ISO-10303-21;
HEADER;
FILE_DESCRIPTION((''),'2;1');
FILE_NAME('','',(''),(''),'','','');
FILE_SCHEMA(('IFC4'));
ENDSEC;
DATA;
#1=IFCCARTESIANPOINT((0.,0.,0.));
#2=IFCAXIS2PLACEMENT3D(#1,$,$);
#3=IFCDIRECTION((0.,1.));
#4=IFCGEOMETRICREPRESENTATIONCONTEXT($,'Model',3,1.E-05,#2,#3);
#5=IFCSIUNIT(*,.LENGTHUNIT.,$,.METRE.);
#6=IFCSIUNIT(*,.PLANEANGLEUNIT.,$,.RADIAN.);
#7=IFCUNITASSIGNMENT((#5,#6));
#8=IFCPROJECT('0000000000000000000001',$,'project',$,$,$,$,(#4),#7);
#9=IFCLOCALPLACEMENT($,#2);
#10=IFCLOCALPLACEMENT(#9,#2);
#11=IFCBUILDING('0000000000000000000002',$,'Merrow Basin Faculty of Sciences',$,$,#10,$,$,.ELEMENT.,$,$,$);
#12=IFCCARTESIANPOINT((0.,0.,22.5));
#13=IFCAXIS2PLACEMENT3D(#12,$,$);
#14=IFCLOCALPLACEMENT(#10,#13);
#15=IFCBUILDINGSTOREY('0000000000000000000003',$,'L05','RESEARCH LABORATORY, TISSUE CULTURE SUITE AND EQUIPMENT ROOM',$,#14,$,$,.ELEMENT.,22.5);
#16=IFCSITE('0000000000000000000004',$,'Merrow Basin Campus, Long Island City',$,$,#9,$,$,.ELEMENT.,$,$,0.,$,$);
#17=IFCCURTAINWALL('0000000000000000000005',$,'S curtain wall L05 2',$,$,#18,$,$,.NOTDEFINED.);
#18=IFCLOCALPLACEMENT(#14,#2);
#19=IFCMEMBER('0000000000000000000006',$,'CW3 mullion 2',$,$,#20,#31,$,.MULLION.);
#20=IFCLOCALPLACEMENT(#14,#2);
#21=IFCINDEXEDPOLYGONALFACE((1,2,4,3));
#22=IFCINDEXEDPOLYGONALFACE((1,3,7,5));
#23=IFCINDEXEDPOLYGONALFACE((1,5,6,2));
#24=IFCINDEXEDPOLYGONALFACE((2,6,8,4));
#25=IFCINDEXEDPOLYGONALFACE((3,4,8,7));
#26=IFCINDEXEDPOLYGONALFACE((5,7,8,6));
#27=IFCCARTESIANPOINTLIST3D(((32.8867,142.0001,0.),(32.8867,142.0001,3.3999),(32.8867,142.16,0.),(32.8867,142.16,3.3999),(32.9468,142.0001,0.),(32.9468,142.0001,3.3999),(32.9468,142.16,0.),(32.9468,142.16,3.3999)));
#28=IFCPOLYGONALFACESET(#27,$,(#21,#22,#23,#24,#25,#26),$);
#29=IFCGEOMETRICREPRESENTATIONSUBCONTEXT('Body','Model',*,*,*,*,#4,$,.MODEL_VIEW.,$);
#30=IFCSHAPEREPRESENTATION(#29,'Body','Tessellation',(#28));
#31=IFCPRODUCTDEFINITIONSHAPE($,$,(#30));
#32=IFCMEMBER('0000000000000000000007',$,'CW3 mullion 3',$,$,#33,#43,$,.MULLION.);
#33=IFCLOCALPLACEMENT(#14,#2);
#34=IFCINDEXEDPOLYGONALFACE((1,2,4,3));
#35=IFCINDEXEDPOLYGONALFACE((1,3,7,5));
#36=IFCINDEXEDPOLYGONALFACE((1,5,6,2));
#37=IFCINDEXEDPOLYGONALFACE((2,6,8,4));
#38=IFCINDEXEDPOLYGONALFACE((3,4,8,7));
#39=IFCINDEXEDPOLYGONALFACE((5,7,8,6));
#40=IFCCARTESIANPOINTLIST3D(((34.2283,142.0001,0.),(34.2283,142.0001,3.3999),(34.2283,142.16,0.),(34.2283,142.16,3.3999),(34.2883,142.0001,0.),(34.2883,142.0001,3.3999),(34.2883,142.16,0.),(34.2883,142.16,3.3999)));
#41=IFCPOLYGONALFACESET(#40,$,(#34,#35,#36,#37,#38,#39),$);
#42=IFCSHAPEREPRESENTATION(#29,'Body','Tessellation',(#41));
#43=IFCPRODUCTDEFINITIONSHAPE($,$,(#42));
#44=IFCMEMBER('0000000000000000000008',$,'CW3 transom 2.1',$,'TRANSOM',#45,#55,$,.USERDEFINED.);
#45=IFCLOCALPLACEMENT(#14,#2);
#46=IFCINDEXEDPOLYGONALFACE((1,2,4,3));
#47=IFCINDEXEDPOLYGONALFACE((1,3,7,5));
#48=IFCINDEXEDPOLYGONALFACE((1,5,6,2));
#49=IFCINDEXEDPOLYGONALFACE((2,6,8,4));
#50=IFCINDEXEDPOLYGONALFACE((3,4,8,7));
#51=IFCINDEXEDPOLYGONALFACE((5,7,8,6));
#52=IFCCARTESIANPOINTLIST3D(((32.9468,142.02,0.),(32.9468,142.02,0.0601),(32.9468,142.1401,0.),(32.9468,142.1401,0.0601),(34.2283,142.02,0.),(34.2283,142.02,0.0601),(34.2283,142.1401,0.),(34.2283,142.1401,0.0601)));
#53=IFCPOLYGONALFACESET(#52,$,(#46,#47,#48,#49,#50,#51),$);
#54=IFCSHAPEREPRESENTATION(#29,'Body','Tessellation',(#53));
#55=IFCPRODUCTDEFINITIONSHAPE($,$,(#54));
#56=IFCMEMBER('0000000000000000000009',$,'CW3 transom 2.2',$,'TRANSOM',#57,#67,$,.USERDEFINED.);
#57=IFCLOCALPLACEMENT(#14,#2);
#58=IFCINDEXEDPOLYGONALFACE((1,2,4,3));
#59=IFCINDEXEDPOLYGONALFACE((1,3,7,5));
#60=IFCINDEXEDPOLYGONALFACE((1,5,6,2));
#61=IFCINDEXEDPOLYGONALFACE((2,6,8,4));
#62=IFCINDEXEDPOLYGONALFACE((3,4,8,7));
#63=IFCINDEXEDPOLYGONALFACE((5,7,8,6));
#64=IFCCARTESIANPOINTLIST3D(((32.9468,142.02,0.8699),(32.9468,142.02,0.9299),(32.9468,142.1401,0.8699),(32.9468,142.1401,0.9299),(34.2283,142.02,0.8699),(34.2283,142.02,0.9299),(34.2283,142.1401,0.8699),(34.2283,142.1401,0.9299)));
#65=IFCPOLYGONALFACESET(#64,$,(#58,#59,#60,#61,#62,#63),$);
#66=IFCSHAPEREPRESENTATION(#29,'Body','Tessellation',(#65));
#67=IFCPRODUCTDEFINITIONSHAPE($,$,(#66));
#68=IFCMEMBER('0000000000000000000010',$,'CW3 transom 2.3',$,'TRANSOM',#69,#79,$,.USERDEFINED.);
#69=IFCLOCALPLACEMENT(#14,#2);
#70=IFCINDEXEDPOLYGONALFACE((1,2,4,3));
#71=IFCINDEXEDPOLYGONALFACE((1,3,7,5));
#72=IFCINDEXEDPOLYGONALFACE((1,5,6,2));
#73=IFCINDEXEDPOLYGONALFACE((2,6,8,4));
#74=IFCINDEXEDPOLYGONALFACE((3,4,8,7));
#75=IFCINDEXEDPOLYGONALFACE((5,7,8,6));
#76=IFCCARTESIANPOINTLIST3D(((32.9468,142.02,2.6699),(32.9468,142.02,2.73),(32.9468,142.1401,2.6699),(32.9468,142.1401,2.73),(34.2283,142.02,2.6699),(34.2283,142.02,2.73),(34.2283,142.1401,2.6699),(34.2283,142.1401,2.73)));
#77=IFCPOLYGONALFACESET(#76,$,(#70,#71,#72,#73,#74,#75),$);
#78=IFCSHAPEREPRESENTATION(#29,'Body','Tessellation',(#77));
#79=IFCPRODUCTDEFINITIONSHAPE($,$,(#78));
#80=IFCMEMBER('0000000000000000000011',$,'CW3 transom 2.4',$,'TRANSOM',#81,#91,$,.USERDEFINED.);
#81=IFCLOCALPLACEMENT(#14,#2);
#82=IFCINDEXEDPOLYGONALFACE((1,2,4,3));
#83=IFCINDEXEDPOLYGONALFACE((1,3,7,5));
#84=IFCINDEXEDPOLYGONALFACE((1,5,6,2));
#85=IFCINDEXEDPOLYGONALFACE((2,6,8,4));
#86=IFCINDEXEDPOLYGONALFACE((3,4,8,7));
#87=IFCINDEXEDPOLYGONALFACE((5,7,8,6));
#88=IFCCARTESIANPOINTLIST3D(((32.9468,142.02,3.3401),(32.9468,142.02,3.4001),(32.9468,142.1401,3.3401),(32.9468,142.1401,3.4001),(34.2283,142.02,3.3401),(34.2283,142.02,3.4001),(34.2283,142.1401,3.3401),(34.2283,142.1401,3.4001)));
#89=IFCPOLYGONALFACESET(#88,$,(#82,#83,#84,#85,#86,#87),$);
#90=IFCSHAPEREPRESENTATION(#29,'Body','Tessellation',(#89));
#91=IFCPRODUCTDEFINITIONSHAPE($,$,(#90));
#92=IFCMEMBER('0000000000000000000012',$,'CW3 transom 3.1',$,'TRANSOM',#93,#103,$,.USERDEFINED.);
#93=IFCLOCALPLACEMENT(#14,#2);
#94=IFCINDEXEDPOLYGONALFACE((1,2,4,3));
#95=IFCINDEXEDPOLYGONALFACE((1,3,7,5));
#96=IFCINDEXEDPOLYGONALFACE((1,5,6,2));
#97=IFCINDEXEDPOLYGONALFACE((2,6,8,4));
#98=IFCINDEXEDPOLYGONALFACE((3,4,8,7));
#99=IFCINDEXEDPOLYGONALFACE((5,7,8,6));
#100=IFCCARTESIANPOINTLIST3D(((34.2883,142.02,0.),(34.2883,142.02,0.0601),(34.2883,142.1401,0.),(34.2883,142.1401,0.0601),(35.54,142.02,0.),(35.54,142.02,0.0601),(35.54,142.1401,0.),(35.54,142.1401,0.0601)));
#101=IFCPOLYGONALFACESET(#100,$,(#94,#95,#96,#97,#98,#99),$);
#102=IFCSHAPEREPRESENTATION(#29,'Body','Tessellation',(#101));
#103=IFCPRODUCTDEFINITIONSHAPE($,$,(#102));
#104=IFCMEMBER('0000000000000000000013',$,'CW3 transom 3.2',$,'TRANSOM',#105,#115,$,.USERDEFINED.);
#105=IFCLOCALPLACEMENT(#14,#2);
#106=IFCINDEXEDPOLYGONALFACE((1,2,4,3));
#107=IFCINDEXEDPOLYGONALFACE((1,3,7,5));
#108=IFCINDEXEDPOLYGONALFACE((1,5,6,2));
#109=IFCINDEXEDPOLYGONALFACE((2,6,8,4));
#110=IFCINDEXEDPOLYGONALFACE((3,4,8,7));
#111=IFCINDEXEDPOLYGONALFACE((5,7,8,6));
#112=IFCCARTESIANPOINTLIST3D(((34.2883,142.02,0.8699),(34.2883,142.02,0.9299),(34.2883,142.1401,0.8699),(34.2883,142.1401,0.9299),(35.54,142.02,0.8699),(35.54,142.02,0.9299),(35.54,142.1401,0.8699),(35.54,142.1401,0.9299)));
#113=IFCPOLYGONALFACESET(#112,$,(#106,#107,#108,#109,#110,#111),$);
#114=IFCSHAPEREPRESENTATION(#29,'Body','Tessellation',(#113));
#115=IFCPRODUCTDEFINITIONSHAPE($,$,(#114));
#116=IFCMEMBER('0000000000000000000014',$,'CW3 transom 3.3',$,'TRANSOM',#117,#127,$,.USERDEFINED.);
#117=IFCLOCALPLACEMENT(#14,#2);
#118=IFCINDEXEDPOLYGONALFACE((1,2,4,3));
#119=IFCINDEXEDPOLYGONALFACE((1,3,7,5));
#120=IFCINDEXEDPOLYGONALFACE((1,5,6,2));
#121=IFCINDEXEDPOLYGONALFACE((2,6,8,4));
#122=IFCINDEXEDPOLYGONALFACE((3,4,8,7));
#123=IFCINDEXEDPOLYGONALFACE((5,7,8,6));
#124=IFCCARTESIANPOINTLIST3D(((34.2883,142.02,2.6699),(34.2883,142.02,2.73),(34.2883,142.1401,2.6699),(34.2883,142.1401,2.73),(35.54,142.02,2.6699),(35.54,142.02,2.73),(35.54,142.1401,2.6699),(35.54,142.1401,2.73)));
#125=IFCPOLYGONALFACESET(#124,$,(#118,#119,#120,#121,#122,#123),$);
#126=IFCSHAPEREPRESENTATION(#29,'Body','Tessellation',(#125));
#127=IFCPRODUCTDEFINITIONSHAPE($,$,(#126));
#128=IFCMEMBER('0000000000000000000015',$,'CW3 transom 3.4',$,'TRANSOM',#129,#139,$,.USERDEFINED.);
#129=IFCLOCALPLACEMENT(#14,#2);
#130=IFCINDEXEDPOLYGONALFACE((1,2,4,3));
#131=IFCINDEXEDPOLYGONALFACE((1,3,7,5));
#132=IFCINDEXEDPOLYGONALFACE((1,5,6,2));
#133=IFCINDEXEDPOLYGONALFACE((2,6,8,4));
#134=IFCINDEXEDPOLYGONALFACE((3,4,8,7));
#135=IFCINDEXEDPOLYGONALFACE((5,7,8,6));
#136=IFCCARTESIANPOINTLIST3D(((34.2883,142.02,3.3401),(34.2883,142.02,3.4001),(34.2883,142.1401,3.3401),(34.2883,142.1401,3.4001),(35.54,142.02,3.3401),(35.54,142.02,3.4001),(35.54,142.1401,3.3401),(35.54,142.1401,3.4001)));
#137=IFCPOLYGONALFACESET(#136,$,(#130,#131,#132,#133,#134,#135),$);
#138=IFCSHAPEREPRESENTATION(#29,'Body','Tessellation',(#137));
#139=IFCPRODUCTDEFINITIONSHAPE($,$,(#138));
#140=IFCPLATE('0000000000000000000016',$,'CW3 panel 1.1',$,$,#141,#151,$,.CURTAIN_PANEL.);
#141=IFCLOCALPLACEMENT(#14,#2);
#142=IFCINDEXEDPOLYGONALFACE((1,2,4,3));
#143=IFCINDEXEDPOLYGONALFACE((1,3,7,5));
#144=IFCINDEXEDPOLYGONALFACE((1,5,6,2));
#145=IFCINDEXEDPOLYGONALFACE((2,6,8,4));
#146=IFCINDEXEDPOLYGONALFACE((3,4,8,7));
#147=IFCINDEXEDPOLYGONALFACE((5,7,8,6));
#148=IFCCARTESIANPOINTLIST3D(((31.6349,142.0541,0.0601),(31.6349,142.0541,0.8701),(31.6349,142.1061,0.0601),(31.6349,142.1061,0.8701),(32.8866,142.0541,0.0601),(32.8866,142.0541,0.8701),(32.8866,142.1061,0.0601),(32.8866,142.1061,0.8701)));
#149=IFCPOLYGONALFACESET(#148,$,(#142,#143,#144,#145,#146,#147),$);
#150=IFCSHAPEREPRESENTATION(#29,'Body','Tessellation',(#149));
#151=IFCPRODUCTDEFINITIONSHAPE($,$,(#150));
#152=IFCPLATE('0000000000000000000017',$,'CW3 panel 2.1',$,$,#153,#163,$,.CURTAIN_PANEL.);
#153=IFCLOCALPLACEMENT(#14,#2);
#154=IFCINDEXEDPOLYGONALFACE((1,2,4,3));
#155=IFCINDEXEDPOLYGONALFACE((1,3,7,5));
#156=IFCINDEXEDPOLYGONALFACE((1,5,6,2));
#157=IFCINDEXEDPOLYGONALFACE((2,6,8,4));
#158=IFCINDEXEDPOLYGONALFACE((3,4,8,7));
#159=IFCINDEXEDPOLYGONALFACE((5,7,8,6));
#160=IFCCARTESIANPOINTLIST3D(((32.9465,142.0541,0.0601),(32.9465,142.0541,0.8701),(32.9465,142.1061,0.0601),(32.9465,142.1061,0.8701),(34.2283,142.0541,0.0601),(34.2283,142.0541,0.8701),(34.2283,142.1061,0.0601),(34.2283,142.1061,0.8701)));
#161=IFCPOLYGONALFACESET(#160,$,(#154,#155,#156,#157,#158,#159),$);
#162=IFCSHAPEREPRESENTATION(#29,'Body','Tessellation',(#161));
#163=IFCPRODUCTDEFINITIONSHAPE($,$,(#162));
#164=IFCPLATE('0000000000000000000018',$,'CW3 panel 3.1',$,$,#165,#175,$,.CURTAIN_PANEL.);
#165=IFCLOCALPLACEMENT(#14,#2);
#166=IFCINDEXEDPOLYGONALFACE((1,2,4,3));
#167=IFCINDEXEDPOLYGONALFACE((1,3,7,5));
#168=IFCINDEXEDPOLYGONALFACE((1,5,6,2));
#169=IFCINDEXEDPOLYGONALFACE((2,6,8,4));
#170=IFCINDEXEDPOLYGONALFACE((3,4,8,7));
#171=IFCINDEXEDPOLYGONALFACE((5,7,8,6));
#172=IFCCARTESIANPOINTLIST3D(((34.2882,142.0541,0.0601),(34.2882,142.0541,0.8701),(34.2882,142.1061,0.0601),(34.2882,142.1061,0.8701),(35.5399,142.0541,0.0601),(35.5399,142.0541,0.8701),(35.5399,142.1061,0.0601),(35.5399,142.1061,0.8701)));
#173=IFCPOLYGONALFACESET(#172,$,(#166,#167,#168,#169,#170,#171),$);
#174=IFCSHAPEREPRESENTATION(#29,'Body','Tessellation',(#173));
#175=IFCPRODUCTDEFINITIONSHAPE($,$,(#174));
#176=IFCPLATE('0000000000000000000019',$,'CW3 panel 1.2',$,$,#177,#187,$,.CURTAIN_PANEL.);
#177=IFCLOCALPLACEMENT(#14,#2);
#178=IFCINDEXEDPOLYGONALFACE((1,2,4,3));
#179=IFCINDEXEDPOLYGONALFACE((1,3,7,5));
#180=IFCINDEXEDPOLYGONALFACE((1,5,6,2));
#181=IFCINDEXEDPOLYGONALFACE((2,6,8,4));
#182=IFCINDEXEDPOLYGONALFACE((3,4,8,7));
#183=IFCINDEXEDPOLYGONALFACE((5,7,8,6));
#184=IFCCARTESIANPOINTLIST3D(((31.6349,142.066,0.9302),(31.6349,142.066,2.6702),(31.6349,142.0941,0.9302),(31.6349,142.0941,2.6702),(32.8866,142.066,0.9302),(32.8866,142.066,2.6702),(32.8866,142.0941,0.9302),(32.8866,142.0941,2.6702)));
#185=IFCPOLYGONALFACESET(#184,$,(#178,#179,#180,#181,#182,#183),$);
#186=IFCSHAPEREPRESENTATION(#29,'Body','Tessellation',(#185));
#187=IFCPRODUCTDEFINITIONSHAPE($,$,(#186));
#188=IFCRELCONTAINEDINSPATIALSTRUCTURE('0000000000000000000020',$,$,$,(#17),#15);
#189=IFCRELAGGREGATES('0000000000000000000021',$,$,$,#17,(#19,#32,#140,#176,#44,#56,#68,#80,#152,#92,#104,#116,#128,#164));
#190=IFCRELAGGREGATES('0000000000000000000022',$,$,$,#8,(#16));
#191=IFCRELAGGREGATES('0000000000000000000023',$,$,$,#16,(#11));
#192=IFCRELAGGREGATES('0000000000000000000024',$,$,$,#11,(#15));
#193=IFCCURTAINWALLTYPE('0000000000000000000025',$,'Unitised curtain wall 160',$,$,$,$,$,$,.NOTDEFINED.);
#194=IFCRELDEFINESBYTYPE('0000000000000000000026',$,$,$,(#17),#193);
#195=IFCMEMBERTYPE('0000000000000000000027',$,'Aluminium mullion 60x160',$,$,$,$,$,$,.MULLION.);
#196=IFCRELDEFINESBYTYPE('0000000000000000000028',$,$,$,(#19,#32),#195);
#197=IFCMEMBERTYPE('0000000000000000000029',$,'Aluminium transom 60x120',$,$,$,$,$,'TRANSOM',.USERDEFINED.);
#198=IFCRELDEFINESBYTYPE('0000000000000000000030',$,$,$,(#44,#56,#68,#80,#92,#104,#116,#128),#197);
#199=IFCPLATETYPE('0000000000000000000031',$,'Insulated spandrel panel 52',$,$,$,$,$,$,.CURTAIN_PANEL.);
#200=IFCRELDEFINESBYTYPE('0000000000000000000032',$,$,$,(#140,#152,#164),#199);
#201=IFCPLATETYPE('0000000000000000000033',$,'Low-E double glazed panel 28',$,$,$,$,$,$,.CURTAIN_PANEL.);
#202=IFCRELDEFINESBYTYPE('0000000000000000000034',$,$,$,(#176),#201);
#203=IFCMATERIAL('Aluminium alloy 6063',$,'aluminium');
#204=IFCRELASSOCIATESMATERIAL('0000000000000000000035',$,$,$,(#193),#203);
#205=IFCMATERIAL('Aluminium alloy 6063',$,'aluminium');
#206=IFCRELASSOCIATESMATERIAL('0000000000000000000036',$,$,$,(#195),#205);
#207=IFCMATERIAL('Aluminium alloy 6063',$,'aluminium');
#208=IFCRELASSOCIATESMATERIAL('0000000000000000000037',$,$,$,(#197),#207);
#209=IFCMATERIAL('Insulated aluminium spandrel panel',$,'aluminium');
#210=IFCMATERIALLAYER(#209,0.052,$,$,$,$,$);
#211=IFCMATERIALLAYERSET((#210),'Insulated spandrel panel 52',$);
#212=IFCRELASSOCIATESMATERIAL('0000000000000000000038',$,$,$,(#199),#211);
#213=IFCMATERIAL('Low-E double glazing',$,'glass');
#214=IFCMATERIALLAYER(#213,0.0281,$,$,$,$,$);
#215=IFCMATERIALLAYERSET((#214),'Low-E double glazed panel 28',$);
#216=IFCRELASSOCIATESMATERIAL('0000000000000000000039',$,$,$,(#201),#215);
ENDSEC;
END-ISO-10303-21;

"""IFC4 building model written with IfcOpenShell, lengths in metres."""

from ifc_helpers import new_model, si_unit, direction, frame, origin, origin_2d, place, context, subcontext, project, spatial, rectangle, extrude, material, layer, layer_set, material_profile, profile_set, type_object, element, aggregate, save


model = new_model("IFC4")

# Units and contexts
model_context = context("Model", 3, precision=1e-05, world=origin(), true_north=direction((0.0, 1.0)))
body_context = subcontext(model_context, "Body", "Model", "MODEL_VIEW")
ifc_project = project(units=[si_unit("LENGTHUNIT", "METRE"), si_unit("PLANEANGLEUNIT", "RADIAN")], contexts=[model_context])

# Site, building, storey
site_placement = place(None, origin())
site = spatial("IfcSite", under=ifc_project, at=site_placement, Name="Merrow Basin Campus, Long Island City", CompositionType="ELEMENT", RefElevation=0.0)
building_placement = place(site_placement, origin())
building = spatial("IfcBuilding", under=site, at=building_placement, Name="Merrow Basin Faculty of Sciences", CompositionType="ELEMENT")
storey_placement = place(building_placement, frame((0.0, 0.0, 22.5)))
storey = spatial("IfcBuildingStorey", under=building, at=storey_placement, Name="L05", Description="RESEARCH LABORATORY, TISSUE CULTURE SUITE AND EQUIPMENT ROOM", CompositionType="ELEMENT", Elevation=22.5)

# Curtain wall, members, plates
ifc_material_1 = material(Name="Aluminium alloy 6063", Category="aluminium")
curtain_wall_type = type_object("IfcCurtainWallType", Name="Unitised curtain wall 160", PredefinedType="NOTDEFINED", material=ifc_material_1)
curtain_wall_placement = place(storey_placement, origin())
curtain_wall = element("IfcCurtainWall", 1, at=curtain_wall_placement, inside=storey, type_object=curtain_wall_type, Name="S curtain wall L05 2", PredefinedType="NOTDEFINED")
ifc_material_2 = material(Name="Aluminium alloy 6063", Category="aluminium")
ifc_material_profile_1 = material_profile(ifc_material_2, rectangle(XDim=0.1599, YDim=0.0601, at=origin_2d()))
ifc_profile_set_1 = profile_set([ifc_material_profile_1], Name="Aluminium alloy 6063")
member_type_1 = type_object("IfcMemberType", Name="Aluminium mullion 60x160", PredefinedType="MULLION", material=ifc_profile_set_1)
member_1_placement = place(storey_placement, frame((32.9167, 142.0801, 0.0), z_axis=(0.0, 0.0, 1.0), x_axis=(0.0, 1.0, 0.0)))
member_1 = element("IfcMember", 2, at=member_1_placement, type_object=member_type_1, Name="CW3 mullion 2", PredefinedType="MULLION", context=body_context, shape_type="SweptSolid", body=[
    extrude(rectangle(XDim=0.1599, YDim=0.0601, at=origin_2d()), origin(), (0.0, 0.0, 1.0), 3.3999),
])
member_2_placement = place(storey_placement, frame((34.2583, 142.0801, 0.0), z_axis=(0.0, 0.0, 1.0), x_axis=(0.0, 1.0, 0.0)))
member_2 = element("IfcMember", 3, at=member_2_placement, type_object=member_type_1, Name="CW3 mullion 3", PredefinedType="MULLION", context=body_context, shape_type="SweptSolid", body=[
    extrude(rectangle(XDim=0.1599, YDim=0.0601, at=origin_2d()), origin(), (0.0, 0.0, 1.0), 3.3999),
])
ifc_material_3 = material(Name="Aluminium alloy 6063", Category="aluminium")
ifc_material_profile_2 = material_profile(ifc_material_3, rectangle(XDim=0.1201, YDim=0.0601, at=origin_2d()))
ifc_profile_set_2 = profile_set([ifc_material_profile_2], Name="Aluminium alloy 6063")
member_type_2 = type_object("IfcMemberType", Name="Aluminium transom 60x120", ElementType="TRANSOM", PredefinedType="USERDEFINED", material=ifc_profile_set_2)
member_3_placement = place(storey_placement, frame((32.9468, 142.0801, 0.03), z_axis=(1.0, 0.0, 0.0), x_axis=(0.0, 1.0, 0.0)))
member_3 = element("IfcMember", 4, at=member_3_placement, type_object=member_type_2, Name="CW3 transom 2.1", ObjectType="TRANSOM", PredefinedType="USERDEFINED", context=body_context, shape_type="SweptSolid", body=[
    extrude(rectangle(XDim=0.1201, YDim=0.0601, at=origin_2d()), origin(), (0.0, 0.0, 1.0), 1.2815),
])
member_4_placement = place(storey_placement, frame((32.9468, 142.0801, 0.8999), z_axis=(1.0, 0.0, 0.0), x_axis=(0.0, 1.0, 0.0)))
member_4 = element("IfcMember", 5, at=member_4_placement, type_object=member_type_2, Name="CW3 transom 2.2", ObjectType="TRANSOM", PredefinedType="USERDEFINED", context=body_context, shape_type="SweptSolid", body=[
    extrude(rectangle(XDim=0.1201, YDim=0.0601, at=origin_2d()), origin(), (0.0, 0.0, 1.0), 1.2815),
])
member_5_placement = place(storey_placement, frame((32.9468, 142.0801, 2.7), z_axis=(1.0, 0.0, 0.0), x_axis=(0.0, 1.0, 0.0)))
member_5 = element("IfcMember", 6, at=member_5_placement, type_object=member_type_2, Name="CW3 transom 2.3", ObjectType="TRANSOM", PredefinedType="USERDEFINED", context=body_context, shape_type="SweptSolid", body=[
    extrude(rectangle(XDim=0.1201, YDim=0.0601, at=origin_2d()), origin(), (0.0, 0.0, 1.0), 1.2815),
])
member_6_placement = place(storey_placement, frame((32.9468, 142.0801, 3.3701), z_axis=(1.0, 0.0, 0.0), x_axis=(0.0, 1.0, 0.0)))
member_6 = element("IfcMember", 7, at=member_6_placement, type_object=member_type_2, Name="CW3 transom 2.4", ObjectType="TRANSOM", PredefinedType="USERDEFINED", context=body_context, shape_type="SweptSolid", body=[
    extrude(rectangle(XDim=0.1201, YDim=0.0601, at=origin_2d()), origin(), (0.0, 0.0, 1.0), 1.2815),
])
member_7_placement = place(storey_placement, frame((34.2883, 142.0801, 0.03), z_axis=(1.0, 0.0, 0.0), x_axis=(0.0, 1.0, 0.0)))
member_7 = element("IfcMember", 8, at=member_7_placement, type_object=member_type_2, Name="CW3 transom 3.1", ObjectType="TRANSOM", PredefinedType="USERDEFINED", context=body_context, shape_type="SweptSolid", body=[
    extrude(rectangle(XDim=0.1201, YDim=0.0601, at=origin_2d()), origin(), (0.0, 0.0, 1.0), 1.2517),
])
member_8_placement = place(storey_placement, frame((34.2883, 142.0801, 0.8999), z_axis=(1.0, 0.0, 0.0), x_axis=(0.0, 1.0, 0.0)))
member_8 = element("IfcMember", 9, at=member_8_placement, type_object=member_type_2, Name="CW3 transom 3.2", ObjectType="TRANSOM", PredefinedType="USERDEFINED", context=body_context, shape_type="SweptSolid", body=[
    extrude(rectangle(XDim=0.1201, YDim=0.0601, at=origin_2d()), origin(), (0.0, 0.0, 1.0), 1.2517),
])
member_9_placement = place(storey_placement, frame((34.2883, 142.0801, 2.7), z_axis=(1.0, 0.0, 0.0), x_axis=(0.0, 1.0, 0.0)))
member_9 = element("IfcMember", 10, at=member_9_placement, type_object=member_type_2, Name="CW3 transom 3.3", ObjectType="TRANSOM", PredefinedType="USERDEFINED", context=body_context, shape_type="SweptSolid", body=[
    extrude(rectangle(XDim=0.1201, YDim=0.0601, at=origin_2d()), origin(), (0.0, 0.0, 1.0), 1.2517),
])
member_10_placement = place(storey_placement, frame((34.2883, 142.0801, 3.3701), z_axis=(1.0, 0.0, 0.0), x_axis=(0.0, 1.0, 0.0)))
member_10 = element("IfcMember", 11, at=member_10_placement, type_object=member_type_2, Name="CW3 transom 3.4", ObjectType="TRANSOM", PredefinedType="USERDEFINED", context=body_context, shape_type="SweptSolid", body=[
    extrude(rectangle(XDim=0.1201, YDim=0.0601, at=origin_2d()), origin(), (0.0, 0.0, 1.0), 1.2517),
])
ifc_material_4 = material(Name="Insulated aluminium spandrel panel", Category="aluminium")
ifc_layer_1 = layer(ifc_material_4, 0.052)
ifc_layer_set_1 = layer_set([ifc_layer_1], Name="Insulated spandrel panel 52")
plate_type_1 = type_object("IfcPlateType", Name="Insulated spandrel panel 52", PredefinedType="CURTAIN_PANEL", material=ifc_layer_set_1)
plate_1_placement = place(storey_placement, frame((32.2607, 142.0801, 0.0601), z_axis=(0.0, 0.0, 1.0), x_axis=(1.0, 0.0, 0.0)))
plate_1 = element("IfcPlate", 12, at=plate_1_placement, type_object=plate_type_1, Name="CW3 panel 1.1", PredefinedType="CURTAIN_PANEL", context=body_context, shape_type="SweptSolid", body=[
    extrude(rectangle(XDim=1.2517, YDim=0.052, at=origin_2d()), origin(), (0.0, 0.0, 1.0), 0.8101),
])
plate_2_placement = place(storey_placement, frame((33.5874, 142.0801, 0.0601), z_axis=(0.0, 0.0, 1.0), x_axis=(1.0, 0.0, 0.0)))
plate_2 = element("IfcPlate", 13, at=plate_2_placement, type_object=plate_type_1, Name="CW3 panel 2.1", PredefinedType="CURTAIN_PANEL", context=body_context, shape_type="SweptSolid", body=[
    extrude(rectangle(XDim=1.2817, YDim=0.052, at=origin_2d()), origin(), (0.0, 0.0, 1.0), 0.8101),
])
plate_3_placement = place(storey_placement, frame((34.9141, 142.0801, 0.0601), z_axis=(0.0, 0.0, 1.0), x_axis=(1.0, 0.0, 0.0)))
plate_3 = element("IfcPlate", 14, at=plate_3_placement, type_object=plate_type_1, Name="CW3 panel 3.1", PredefinedType="CURTAIN_PANEL", context=body_context, shape_type="SweptSolid", body=[
    extrude(rectangle(XDim=1.2517, YDim=0.052, at=origin_2d()), origin(), (0.0, 0.0, 1.0), 0.8101),
])
ifc_material_5 = material(Name="Low-E double glazing", Category="glass")
ifc_layer_2 = layer(ifc_material_5, 0.0281)
ifc_layer_set_2 = layer_set([ifc_layer_2], Name="Low-E double glazed panel 28")
plate_type_2 = type_object("IfcPlateType", Name="Low-E double glazed panel 28", PredefinedType="CURTAIN_PANEL", material=ifc_layer_set_2)
plate_4_placement = place(storey_placement, frame((32.2607, 142.0801, 0.9302), z_axis=(0.0, 0.0, 1.0), x_axis=(1.0, 0.0, 0.0)))
plate_4 = element("IfcPlate", 15, at=plate_4_placement, type_object=plate_type_2, Name="CW3 panel 1.2", PredefinedType="CURTAIN_PANEL", context=body_context, shape_type="SweptSolid", body=[
    extrude(rectangle(XDim=1.2517, YDim=0.0281, at=origin_2d()), origin(), (0.0, 0.0, 1.0), 1.74),
])
aggregate(curtain_wall, [member_1, member_2, plate_1, plate_4, member_3, member_4, member_5, member_6, plate_2, member_7, member_8, member_9, member_10, plate_3])

save(model, "model.ifc")
